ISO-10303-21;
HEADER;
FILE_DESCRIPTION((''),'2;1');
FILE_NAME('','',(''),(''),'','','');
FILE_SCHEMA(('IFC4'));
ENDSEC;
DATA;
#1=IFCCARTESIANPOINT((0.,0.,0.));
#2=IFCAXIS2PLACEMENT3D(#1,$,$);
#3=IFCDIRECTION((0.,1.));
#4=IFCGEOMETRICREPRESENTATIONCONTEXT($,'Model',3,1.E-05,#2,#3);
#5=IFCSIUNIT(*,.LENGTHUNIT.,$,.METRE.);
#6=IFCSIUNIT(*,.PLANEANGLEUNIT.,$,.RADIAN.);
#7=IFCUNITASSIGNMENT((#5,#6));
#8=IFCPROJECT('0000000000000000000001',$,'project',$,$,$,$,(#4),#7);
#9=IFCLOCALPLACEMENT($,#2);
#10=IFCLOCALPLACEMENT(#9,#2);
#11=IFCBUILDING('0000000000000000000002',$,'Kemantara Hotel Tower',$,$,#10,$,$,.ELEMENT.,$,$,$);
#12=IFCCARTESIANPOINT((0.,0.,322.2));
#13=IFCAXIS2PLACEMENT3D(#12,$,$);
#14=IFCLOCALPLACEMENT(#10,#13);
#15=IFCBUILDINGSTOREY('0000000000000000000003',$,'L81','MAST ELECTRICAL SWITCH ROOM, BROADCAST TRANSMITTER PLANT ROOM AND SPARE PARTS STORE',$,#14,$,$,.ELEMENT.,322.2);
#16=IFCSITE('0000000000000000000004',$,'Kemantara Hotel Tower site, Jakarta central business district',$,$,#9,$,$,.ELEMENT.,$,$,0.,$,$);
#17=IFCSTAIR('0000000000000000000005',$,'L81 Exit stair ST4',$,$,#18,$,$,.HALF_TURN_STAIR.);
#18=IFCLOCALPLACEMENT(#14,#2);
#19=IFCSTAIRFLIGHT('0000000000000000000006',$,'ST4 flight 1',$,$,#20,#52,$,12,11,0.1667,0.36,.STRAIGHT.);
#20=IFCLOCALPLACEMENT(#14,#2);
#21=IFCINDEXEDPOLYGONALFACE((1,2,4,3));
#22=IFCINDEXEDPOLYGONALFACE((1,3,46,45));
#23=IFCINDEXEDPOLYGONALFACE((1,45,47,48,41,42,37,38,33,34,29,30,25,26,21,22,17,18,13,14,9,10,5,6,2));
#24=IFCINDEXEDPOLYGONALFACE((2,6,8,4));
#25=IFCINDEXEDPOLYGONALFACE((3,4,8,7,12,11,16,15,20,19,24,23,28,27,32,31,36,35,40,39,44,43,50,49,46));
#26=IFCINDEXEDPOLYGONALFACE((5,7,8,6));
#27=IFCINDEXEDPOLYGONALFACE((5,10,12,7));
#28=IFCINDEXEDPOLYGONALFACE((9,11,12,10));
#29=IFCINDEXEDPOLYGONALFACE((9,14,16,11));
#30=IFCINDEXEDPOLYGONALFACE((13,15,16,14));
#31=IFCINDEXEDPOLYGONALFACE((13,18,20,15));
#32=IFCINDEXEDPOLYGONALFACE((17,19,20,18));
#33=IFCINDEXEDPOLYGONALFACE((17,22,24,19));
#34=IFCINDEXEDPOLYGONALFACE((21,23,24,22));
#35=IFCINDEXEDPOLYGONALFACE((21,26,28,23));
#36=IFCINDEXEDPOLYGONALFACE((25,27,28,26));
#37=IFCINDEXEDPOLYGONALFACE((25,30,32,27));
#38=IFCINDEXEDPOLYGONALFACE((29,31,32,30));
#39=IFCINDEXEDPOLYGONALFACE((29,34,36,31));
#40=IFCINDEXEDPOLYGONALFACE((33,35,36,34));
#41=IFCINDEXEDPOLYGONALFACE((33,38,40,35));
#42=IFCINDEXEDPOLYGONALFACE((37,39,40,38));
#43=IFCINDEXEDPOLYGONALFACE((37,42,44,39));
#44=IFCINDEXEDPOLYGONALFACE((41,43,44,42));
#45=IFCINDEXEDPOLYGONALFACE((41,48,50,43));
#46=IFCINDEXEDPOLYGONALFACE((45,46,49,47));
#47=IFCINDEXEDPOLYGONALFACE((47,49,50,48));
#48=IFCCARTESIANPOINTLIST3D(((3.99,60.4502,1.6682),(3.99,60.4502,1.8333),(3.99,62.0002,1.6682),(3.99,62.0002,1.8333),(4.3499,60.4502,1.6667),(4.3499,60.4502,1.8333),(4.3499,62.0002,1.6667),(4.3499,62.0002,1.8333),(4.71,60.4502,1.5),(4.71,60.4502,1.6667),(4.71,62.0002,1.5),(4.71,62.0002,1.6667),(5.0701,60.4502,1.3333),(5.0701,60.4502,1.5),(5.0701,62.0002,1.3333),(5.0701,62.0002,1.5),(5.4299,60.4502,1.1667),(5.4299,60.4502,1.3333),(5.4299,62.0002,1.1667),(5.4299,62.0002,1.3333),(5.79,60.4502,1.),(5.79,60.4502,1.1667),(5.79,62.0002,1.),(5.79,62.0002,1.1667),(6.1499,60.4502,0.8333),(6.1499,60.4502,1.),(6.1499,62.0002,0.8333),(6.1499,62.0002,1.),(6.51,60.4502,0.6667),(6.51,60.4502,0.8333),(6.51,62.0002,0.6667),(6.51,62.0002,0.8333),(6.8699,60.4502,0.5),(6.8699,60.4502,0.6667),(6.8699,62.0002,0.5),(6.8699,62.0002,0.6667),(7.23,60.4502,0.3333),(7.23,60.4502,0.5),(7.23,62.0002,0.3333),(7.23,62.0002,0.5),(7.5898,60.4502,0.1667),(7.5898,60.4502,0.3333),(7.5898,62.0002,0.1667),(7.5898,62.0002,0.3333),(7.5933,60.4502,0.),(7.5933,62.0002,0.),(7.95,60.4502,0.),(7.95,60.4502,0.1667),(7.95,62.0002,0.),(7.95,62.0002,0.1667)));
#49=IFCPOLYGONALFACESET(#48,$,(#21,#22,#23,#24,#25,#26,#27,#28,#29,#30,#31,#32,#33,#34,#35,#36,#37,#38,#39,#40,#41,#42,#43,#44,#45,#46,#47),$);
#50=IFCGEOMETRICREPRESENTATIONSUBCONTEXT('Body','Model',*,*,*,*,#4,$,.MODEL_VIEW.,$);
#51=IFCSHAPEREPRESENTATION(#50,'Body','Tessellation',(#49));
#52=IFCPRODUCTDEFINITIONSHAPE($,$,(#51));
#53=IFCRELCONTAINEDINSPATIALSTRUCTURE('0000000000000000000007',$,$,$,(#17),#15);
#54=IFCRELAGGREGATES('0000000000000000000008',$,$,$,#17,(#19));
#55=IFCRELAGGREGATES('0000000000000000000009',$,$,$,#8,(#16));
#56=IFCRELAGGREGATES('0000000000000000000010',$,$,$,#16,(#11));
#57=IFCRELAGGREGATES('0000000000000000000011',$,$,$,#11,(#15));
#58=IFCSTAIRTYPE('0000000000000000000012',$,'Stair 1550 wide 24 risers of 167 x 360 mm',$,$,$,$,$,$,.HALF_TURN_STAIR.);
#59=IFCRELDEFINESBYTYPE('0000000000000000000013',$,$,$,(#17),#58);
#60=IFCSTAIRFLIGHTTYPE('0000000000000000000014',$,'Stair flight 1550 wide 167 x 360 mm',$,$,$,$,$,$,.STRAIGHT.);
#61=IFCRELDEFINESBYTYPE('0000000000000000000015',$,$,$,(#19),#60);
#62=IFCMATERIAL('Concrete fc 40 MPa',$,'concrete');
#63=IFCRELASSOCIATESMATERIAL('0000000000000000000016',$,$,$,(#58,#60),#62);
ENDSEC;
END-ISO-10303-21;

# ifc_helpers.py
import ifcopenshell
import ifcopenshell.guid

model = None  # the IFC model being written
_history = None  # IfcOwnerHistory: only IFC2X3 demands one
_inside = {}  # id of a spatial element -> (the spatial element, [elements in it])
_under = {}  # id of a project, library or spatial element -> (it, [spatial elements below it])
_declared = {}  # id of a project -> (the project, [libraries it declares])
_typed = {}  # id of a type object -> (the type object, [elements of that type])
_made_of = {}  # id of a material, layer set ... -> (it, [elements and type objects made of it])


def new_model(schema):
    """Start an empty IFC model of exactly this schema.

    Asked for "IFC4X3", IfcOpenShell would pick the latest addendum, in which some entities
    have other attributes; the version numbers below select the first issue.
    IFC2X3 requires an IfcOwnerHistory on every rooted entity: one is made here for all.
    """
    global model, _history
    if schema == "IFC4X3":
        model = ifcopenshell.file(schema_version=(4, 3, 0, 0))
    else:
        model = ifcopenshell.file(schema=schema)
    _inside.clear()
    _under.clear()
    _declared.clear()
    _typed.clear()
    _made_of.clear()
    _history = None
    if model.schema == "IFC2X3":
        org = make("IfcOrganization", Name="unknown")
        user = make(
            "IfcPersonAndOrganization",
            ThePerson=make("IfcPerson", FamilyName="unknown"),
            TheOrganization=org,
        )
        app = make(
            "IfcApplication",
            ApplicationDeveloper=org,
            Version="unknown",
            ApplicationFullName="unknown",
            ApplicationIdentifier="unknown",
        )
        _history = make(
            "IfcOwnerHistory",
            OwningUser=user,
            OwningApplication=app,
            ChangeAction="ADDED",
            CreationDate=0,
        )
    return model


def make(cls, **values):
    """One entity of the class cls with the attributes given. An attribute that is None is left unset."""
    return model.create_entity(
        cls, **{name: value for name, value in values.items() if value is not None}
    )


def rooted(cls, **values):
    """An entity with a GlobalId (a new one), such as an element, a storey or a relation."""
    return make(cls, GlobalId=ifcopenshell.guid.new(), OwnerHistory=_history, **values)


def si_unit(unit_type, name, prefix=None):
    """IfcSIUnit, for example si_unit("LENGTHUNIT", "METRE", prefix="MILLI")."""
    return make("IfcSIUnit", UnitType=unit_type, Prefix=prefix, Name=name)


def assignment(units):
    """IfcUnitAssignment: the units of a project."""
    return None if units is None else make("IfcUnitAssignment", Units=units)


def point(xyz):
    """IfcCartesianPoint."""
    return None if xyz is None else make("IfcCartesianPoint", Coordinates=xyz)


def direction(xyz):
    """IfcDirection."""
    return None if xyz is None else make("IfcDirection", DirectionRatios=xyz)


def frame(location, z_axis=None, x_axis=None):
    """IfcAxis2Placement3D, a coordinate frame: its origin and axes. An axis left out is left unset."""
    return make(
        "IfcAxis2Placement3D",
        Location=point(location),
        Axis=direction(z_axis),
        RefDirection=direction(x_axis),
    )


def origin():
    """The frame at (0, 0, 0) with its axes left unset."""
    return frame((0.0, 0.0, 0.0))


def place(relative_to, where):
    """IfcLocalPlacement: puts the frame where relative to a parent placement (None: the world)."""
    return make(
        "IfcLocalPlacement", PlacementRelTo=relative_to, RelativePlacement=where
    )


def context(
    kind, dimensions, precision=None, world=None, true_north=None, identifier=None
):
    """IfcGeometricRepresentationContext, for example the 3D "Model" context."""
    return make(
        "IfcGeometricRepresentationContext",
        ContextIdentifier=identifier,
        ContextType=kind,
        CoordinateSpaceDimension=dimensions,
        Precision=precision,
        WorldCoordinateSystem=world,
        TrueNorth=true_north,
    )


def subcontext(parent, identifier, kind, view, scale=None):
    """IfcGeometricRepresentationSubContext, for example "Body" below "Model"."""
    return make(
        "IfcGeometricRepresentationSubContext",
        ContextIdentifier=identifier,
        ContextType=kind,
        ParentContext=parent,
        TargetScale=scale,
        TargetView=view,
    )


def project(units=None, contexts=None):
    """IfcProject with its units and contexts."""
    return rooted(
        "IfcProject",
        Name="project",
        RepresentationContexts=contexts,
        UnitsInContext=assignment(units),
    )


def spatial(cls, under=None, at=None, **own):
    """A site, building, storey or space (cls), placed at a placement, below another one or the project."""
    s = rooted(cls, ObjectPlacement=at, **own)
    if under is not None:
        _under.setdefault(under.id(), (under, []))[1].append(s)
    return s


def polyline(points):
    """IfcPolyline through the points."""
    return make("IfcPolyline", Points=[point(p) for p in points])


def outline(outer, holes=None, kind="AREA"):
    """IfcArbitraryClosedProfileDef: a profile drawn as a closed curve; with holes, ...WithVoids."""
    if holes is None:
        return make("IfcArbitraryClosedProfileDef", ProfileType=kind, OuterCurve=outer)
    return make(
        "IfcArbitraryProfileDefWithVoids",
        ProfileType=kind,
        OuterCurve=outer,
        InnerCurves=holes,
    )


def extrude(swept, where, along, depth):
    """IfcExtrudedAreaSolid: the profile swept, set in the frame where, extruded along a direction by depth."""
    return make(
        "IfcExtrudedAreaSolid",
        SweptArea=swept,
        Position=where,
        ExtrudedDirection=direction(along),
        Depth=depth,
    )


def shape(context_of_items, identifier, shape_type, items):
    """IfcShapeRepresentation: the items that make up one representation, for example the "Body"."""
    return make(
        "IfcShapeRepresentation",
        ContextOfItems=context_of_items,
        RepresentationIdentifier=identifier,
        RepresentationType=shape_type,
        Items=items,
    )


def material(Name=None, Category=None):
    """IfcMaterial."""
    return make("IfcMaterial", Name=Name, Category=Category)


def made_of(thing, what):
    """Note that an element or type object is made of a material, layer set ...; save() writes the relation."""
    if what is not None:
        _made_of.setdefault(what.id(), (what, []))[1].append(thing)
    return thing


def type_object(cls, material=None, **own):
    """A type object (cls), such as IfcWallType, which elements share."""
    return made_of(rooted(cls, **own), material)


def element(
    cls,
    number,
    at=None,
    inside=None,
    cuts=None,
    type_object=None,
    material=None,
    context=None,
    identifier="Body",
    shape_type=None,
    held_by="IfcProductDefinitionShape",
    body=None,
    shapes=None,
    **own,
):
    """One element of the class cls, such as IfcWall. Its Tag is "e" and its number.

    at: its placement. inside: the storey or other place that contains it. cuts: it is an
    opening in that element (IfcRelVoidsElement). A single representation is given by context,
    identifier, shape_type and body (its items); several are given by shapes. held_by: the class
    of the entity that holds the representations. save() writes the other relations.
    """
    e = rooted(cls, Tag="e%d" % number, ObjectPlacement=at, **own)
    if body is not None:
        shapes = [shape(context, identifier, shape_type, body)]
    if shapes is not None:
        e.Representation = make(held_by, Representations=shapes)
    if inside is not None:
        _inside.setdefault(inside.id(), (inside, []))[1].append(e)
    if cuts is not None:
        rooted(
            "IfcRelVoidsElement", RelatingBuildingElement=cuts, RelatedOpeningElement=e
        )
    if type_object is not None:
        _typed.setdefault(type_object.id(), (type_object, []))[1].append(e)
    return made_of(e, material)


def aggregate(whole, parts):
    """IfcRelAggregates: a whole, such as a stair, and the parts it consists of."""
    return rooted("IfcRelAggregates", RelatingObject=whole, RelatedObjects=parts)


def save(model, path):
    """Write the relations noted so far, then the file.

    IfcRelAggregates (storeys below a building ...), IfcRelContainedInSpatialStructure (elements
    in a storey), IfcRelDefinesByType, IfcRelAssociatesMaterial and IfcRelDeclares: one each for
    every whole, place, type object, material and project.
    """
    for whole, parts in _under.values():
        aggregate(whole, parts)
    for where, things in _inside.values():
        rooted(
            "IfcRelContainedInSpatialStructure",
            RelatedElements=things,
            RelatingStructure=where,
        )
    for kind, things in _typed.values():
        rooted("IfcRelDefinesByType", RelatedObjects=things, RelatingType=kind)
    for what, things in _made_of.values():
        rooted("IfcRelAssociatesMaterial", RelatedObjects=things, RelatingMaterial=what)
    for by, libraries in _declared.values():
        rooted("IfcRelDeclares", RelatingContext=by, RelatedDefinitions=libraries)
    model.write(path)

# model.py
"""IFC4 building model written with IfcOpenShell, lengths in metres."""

from ifc_helpers import new_model, si_unit, direction, frame, origin, place, context, subcontext, project, spatial, polyline, outline, extrude, material, type_object, element, aggregate, save


model = new_model("IFC4")

# Units and contexts
model_context = context("Model", 3, precision=1e-05, world=origin(), true_north=direction((0.0, 1.0)))
body_context = subcontext(model_context, "Body", "Model", "MODEL_VIEW")
ifc_project = project(units=[si_unit("LENGTHUNIT", "METRE"), si_unit("PLANEANGLEUNIT", "RADIAN")], contexts=[model_context])

# Site, building, storey
site_placement = place(None, origin())
site = spatial("IfcSite", under=ifc_project, at=site_placement, Name="Kemantara Hotel Tower site, Jakarta central business district", CompositionType="ELEMENT", RefElevation=0.0)
building_placement = place(site_placement, origin())
building = spatial("IfcBuilding", under=site, at=building_placement, Name="Kemantara Hotel Tower", CompositionType="ELEMENT")
storey_placement = place(building_placement, frame((0.0, 0.0, 322.2)))
storey = spatial("IfcBuildingStorey", under=building, at=storey_placement, Name="L81", Description="MAST ELECTRICAL SWITCH ROOM, BROADCAST TRANSMITTER PLANT ROOM AND SPARE PARTS STORE", CompositionType="ELEMENT", Elevation=322.2)

# Shared definitions
ifc_material_1 = material(Name="Concrete fc 40 MPa", Category="concrete")

# Stair, stair flight
stair_type = type_object("IfcStairType", Name="Stair 1550 wide 24 risers of 167 x 360 mm", PredefinedType="HALF_TURN_STAIR", material=ifc_material_1)
stair_placement = place(storey_placement, origin())
stair = element("IfcStair", 1, at=stair_placement, inside=storey, type_object=stair_type, Name="L81 Exit stair ST4", PredefinedType="HALF_TURN_STAIR")
stair_flight_type = type_object("IfcStairFlightType", Name="Stair flight 1550 wide 167 x 360 mm", PredefinedType="STRAIGHT", material=ifc_material_1)
stair_flight_placement = place(storey_placement, frame((7.95, 61.2251, 0.0), z_axis=(0.0, 0.0, 1.0), x_axis=(-1.0, 0.0, 0.0)))
stair_flight = element("IfcStairFlight", 2, at=stair_flight_placement, type_object=stair_flight_type, Name="ST4 flight 1", NumberOfRisers=12, NumberOfTreads=11, PredefinedType="STRAIGHT", RiserHeight=0.1667, TreadLength=0.36, context=body_context, shape_type="SweptSolid", body=[
    extrude(outline(polyline([(0.0, 0.0), (0.0, 0.1667), (0.3601, 0.1667), (0.3601, 0.3333), (0.72, 0.3333), (0.72, 0.5), (1.0801, 0.5), (1.0801, 0.6667), (1.4399, 0.6667), (1.4399, 0.8333), (1.8, 0.8333), (1.8, 1.0), (2.1599, 1.0), (2.1599, 1.1667), (2.52, 1.1667), (2.52, 1.3333), (2.8799, 1.3333), (2.8799, 1.5), (3.24, 1.5), (3.24, 1.6667), (3.6001, 1.6667), (3.6001, 1.8333), (3.96, 1.8333), (3.96, 2.0), (3.96, 1.6682), (0.3567, 0.0), (0.0, 0.0)])), frame((0.0, 0.7749, 0.0), z_axis=(0.0, -1.0, 0.0), x_axis=(1.0, 0.0, 0.0)), (0.0, 0.0, 1.0), 1.55),
])
aggregate(stair, [stair_flight])

save(model, "model.ifc")
